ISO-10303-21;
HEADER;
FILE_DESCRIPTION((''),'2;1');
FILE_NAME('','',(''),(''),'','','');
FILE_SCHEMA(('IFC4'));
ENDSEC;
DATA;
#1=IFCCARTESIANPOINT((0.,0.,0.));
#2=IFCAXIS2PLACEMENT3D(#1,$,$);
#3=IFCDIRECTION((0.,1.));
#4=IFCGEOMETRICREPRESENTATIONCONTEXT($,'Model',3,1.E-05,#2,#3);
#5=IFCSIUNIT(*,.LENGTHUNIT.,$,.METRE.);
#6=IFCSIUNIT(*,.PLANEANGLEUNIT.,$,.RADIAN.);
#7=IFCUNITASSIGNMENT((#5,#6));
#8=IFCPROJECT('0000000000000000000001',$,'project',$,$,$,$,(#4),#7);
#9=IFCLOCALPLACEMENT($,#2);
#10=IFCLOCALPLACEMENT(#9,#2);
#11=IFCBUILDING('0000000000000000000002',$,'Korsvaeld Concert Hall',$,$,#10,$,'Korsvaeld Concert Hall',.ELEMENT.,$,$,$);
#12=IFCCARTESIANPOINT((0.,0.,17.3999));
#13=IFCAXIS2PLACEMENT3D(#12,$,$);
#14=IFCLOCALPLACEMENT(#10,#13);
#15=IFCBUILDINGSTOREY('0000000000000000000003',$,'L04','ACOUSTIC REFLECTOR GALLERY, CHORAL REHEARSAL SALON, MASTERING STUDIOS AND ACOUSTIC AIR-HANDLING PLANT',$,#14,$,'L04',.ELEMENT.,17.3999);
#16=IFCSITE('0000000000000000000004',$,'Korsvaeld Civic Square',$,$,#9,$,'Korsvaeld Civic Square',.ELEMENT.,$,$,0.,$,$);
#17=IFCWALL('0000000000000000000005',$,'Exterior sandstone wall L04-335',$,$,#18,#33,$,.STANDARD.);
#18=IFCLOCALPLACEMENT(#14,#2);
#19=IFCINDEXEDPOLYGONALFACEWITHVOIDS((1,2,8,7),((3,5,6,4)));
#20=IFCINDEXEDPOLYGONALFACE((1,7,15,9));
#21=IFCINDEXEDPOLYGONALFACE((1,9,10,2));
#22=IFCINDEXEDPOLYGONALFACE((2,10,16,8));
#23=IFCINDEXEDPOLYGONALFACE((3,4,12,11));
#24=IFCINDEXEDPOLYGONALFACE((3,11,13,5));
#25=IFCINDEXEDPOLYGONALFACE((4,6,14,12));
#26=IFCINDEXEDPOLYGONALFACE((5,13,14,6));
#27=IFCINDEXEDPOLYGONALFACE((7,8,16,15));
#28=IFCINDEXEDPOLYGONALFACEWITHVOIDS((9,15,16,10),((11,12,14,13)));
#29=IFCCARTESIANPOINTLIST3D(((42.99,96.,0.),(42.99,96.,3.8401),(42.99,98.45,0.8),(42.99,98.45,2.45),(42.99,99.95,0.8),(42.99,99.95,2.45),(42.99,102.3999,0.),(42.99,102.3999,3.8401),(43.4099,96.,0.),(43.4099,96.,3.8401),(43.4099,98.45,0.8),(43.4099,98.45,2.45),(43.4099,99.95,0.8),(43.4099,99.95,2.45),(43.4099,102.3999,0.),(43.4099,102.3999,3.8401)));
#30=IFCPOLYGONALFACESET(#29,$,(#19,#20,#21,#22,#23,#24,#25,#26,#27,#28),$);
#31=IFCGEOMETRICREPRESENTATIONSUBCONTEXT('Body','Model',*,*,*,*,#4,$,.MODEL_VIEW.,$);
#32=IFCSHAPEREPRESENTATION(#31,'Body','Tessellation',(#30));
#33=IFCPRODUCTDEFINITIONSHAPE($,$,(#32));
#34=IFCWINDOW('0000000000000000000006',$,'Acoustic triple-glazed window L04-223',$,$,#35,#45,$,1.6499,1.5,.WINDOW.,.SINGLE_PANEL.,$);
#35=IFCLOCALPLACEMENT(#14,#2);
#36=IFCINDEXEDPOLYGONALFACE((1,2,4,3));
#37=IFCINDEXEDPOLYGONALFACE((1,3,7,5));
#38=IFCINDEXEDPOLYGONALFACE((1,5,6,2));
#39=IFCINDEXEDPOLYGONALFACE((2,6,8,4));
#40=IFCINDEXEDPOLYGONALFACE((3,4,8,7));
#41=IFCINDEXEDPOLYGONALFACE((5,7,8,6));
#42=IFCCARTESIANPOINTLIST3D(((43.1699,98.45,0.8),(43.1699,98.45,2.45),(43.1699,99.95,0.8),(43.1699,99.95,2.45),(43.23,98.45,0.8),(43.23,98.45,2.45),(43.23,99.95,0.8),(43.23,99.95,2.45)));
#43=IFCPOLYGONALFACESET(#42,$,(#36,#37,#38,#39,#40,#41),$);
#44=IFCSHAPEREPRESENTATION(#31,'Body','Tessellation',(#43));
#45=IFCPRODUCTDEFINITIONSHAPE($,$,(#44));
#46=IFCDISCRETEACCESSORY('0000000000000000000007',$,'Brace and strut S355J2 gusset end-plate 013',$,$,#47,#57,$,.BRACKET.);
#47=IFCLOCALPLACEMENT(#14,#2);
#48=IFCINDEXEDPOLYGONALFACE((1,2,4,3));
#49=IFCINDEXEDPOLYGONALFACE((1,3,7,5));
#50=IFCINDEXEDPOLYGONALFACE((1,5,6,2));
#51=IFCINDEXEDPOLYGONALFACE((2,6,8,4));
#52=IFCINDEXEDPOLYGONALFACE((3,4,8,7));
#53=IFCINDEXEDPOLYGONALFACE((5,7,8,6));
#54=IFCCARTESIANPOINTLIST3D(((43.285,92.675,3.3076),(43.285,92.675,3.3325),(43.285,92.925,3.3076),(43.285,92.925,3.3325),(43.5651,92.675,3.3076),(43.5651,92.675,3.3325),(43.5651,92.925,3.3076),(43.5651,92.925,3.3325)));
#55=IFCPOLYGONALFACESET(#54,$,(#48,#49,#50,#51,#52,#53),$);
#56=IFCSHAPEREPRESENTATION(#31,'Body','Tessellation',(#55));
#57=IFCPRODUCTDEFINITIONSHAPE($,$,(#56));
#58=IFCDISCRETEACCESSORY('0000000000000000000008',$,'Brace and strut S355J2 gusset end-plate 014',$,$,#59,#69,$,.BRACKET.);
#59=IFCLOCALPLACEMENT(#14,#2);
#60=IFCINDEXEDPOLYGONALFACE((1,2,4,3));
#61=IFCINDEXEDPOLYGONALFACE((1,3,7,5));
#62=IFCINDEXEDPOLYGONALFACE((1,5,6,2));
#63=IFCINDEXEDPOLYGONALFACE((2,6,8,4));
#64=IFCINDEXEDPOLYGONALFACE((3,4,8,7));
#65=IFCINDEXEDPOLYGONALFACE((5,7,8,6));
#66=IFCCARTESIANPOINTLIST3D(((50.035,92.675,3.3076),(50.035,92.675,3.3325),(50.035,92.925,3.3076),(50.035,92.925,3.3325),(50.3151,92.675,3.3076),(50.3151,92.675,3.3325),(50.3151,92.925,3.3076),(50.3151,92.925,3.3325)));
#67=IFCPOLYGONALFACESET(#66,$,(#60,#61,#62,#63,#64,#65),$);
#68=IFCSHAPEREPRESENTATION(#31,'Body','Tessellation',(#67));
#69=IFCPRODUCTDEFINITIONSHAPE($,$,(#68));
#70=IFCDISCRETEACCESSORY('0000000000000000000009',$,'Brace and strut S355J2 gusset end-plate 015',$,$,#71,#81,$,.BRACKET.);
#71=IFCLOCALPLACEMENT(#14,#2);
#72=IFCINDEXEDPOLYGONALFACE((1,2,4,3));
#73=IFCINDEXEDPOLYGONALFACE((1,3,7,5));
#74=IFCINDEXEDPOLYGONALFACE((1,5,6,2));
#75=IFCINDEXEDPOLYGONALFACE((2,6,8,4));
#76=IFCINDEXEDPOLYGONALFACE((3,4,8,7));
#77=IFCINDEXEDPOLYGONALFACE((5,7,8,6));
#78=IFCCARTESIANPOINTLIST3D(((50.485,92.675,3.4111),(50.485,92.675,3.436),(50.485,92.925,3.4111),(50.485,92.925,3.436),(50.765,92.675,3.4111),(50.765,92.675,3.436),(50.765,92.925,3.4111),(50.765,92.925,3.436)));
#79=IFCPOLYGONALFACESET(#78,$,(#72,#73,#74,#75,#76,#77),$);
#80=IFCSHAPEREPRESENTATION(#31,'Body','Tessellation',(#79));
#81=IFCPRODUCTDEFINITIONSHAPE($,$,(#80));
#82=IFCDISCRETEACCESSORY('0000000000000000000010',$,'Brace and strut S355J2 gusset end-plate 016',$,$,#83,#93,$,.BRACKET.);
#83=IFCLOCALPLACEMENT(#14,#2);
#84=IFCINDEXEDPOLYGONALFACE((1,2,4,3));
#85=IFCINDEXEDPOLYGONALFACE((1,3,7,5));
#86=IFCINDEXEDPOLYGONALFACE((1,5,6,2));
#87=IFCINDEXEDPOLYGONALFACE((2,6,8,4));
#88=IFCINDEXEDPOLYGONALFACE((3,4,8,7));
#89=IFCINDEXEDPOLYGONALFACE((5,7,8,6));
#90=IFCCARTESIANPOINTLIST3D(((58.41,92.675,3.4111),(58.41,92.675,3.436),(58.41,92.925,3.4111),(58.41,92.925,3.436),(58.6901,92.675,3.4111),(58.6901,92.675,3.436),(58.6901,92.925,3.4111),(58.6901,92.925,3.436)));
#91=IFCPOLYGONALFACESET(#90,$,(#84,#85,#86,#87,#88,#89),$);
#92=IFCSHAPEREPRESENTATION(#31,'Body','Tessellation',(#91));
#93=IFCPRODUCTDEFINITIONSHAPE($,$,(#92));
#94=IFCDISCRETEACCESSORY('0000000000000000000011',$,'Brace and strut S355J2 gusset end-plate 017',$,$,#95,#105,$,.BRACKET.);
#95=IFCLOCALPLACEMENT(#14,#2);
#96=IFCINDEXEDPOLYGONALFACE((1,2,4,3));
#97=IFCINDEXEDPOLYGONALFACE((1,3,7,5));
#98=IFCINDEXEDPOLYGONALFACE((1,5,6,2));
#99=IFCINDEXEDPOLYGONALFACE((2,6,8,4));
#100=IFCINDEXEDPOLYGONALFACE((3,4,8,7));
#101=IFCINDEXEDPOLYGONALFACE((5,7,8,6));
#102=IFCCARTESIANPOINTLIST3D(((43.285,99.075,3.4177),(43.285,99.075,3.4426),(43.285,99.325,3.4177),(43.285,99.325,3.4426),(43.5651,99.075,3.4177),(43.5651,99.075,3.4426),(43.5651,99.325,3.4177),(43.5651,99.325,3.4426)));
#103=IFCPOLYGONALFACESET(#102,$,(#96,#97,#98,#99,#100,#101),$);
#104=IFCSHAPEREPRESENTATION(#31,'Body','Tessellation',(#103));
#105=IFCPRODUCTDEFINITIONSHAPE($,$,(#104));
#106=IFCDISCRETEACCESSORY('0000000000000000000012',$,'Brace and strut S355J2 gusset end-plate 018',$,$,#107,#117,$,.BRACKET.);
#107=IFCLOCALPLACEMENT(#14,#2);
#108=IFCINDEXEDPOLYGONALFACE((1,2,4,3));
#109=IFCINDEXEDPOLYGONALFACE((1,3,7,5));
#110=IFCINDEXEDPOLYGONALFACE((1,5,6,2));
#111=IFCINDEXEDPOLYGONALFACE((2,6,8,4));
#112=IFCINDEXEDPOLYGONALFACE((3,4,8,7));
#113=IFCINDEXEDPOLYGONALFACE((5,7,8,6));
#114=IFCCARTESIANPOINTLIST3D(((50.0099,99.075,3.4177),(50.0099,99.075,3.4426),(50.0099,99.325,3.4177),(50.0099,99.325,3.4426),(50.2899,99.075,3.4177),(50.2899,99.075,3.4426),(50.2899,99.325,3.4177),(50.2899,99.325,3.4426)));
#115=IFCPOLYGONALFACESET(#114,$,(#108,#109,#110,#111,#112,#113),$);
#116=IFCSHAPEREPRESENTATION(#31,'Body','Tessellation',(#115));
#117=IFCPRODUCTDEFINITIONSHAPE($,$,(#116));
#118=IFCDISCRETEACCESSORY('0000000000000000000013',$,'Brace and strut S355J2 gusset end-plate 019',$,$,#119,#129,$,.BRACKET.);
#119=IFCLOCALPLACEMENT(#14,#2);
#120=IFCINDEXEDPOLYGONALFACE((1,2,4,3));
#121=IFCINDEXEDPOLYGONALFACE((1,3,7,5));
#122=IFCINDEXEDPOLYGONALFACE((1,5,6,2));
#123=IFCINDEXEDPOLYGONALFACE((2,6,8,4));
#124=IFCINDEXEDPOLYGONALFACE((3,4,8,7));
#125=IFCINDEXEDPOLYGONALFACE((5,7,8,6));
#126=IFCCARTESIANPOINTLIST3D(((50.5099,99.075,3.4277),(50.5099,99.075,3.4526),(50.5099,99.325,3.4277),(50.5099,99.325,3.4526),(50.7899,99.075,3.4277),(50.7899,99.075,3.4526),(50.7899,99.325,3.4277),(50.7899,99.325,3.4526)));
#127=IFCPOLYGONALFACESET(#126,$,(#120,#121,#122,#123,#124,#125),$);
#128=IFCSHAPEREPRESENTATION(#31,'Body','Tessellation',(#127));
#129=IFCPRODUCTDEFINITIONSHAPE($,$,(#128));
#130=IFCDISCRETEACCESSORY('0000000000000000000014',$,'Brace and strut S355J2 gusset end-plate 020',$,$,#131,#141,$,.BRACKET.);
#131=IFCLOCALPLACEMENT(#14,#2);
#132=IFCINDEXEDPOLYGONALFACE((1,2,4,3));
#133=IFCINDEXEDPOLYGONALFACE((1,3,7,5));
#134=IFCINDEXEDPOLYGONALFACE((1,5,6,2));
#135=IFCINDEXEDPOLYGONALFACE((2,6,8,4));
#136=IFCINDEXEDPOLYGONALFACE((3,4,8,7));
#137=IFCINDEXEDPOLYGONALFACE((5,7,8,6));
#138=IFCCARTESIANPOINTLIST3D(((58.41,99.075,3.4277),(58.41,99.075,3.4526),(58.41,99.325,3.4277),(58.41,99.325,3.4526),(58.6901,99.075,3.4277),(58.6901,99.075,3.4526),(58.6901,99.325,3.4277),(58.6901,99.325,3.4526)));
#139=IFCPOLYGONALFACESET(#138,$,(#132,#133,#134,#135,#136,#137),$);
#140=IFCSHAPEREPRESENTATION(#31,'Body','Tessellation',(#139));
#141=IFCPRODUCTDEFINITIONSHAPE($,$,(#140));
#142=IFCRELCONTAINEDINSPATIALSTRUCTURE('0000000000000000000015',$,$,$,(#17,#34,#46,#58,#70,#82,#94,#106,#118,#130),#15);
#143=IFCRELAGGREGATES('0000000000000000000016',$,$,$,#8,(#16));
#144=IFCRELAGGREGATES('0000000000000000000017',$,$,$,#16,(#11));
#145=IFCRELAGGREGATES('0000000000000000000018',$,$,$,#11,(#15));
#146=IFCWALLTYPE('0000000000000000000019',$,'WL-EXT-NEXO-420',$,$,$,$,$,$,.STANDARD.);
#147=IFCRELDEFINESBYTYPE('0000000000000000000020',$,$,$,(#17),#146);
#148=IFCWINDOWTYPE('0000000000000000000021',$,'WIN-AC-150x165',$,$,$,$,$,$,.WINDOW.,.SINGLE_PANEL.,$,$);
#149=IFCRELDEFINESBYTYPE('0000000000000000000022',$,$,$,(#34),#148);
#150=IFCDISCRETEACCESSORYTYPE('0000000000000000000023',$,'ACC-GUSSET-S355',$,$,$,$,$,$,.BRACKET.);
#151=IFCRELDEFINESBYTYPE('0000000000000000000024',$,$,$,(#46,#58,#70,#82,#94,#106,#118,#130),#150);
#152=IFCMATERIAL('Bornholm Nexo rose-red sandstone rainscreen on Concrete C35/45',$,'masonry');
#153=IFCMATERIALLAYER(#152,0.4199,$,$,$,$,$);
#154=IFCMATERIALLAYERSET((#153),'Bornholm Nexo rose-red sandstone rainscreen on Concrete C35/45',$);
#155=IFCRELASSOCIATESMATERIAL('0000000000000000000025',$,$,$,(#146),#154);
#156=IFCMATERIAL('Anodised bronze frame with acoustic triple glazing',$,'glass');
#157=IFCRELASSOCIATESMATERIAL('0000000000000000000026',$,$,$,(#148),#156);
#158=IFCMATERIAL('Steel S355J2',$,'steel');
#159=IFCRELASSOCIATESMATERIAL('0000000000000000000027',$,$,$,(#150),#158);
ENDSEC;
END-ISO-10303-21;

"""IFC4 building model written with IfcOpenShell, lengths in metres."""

from ifc_helpers import new_model, si_unit, direction, frame, frame_2d, origin, origin_2d, place, context, subcontext, project, spatial, rectangle, extrude, material, layer, layer_set, type_object, element, fill, save


model = new_model("IFC4")

# Units and contexts
model_context = context("Model", 3, precision=1e-05, world=origin(), true_north=direction((0.0, 1.0)))
body_context = subcontext(model_context, "Body", "Model", "MODEL_VIEW")
ifc_project = project(units=[si_unit("LENGTHUNIT", "METRE"), si_unit("PLANEANGLEUNIT", "RADIAN")], contexts=[model_context])

# Site, building, storey
site_placement = place(None, origin())
site = spatial("IfcSite", under=ifc_project, at=site_placement, Name="Korsvaeld Civic Square", LongName="Korsvaeld Civic Square", CompositionType="ELEMENT", RefElevation=0.0)
building_placement = place(site_placement, origin())
building = spatial("IfcBuilding", under=site, at=building_placement, Name="Korsvaeld Concert Hall", LongName="Korsvaeld Concert Hall", CompositionType="ELEMENT")
storey_placement = place(building_placement, frame((0.0, 0.0, 17.3999)))
storey = spatial("IfcBuildingStorey", under=building, at=storey_placement, Name="L04", Description="ACOUSTIC REFLECTOR GALLERY, CHORAL REHEARSAL SALON, MASTERING STUDIOS AND ACOUSTIC AIR-HANDLING PLANT", LongName="L04", CompositionType="ELEMENT", Elevation=17.3999)

# Shared definitions
ifc_material_1 = material(Name="Steel S355J2", Category="steel")

# Wall, opening, window
ifc_material_2 = material(Name="Anodised bronze frame with acoustic triple glazing", Category="glass")
ifc_material_3 = material(Name="Bornholm Nexo rose-red sandstone rainscreen on Concrete C35/45", Category="masonry")
ifc_layer_1 = layer(ifc_material_3, 0.4199)
ifc_layer_set_1 = layer_set([ifc_layer_1], Name="Bornholm Nexo rose-red sandstone rainscreen on Concrete C35/45")
wall_type_1 = type_object("IfcWallType", Name="WL-EXT-NEXO-420", PredefinedType="STANDARD", material=ifc_layer_set_1)
wall_1_placement = place(storey_placement, frame((43.2, 96.0, 0.0), z_axis=(0.0, 0.0, 1.0), x_axis=(0.0, 1.0, 0.0)))
wall_1 = element("IfcWall", 1, at=wall_1_placement, inside=storey, type_object=wall_type_1, Name="Exterior sandstone wall L04-335", PredefinedType="STANDARD", context=body_context, shape_type="SweptSolid", body=[
    extrude(rectangle(XDim=6.3999, YDim=0.4199, at=frame_2d((3.2, 0.0))), origin(), (0.0, 0.0, 1.0), 3.8401),
])
opening_1_placement = place(wall_1_placement, frame((2.45, 0.0, 0.8)))
opening_1 = element("IfcOpeningElement", 2, at=opening_1_placement, cuts=wall_1, PredefinedType="OPENING", context=body_context, shape_type="SweptSolid", body=[
    extrude(rectangle(XDim=1.5, YDim=1.6499, at=frame_2d((0.75, 0.825))), frame((0.0, 0.22, 0.0), z_axis=(0.0, -1.0, 0.0), x_axis=(1.0, 0.0, 0.0)), (0.0, 0.0, 1.0), 0.4399),
])
window_type_1 = type_object("IfcWindowType", Name="WIN-AC-150x165", PartitioningType="SINGLE_PANEL", PredefinedType="WINDOW", material=ifc_material_2)
window_1_placement = place(opening_1_placement, origin())
window_1 = element("IfcWindow", 3, at=window_1_placement, inside=storey, type_object=window_type_1, Name="Acoustic triple-glazed window L04-223", OverallHeight=1.6499, OverallWidth=1.5, PartitioningType="SINGLE_PANEL", PredefinedType="WINDOW", context=body_context, shape_type="SweptSolid", body=[
    extrude(rectangle(XDim=1.5, YDim=1.6499, at=frame_2d((0.75, 0.825))), frame((0.0, 0.03, 0.0), z_axis=(0.0, -1.0, 0.0), x_axis=(1.0, 0.0, 0.0)), (0.0, 0.0, 1.0), 0.0601),
])
fill(opening_1, window_1)

# Discrete accessories
discrete_accessory_type = type_object("IfcDiscreteAccessoryType", Name="ACC-GUSSET-S355", PredefinedType="BRACKET", material=ifc_material_1)
for number, where, z_axis, x_axis, name in (
    (4, (43.425, 92.8, 3.3076), (0.0, 0.0, 1.0), (1.0, 0.0, 0.0), "Brace and strut S355J2 gusset end-plate 013"),
    (5, (50.175, 92.8, 3.3076), (0.0, 0.0, 1.0), (1.0, 0.0, 0.0), "Brace and strut S355J2 gusset end-plate 014"),
    (6, (50.625, 92.8, 3.4111), (0.0, 0.0, 1.0), (1.0, 0.0, 0.0), "Brace and strut S355J2 gusset end-plate 015"),
    (7, (58.55, 92.8, 3.4111), (0.0, 0.0, 1.0), (1.0, 0.0, 0.0), "Brace and strut S355J2 gusset end-plate 016"),
    (8, (43.425, 99.2, 3.4177), (0.0, 0.0, 1.0), (1.0, 0.0, 0.0), "Brace and strut S355J2 gusset end-plate 017"),
    (9, (50.1499, 99.2, 3.4177), (0.0, 0.0, 1.0), (1.0, 0.0, 0.0), "Brace and strut S355J2 gusset end-plate 018"),
    (10, (50.6499, 99.2, 3.4277), (0.0, 0.0, 1.0), (1.0, 0.0, 0.0), "Brace and strut S355J2 gusset end-plate 019"),
    (11, (58.55, 99.2, 3.4277), (0.0, 0.0, 1.0), (1.0, 0.0, 0.0), "Brace and strut S355J2 gusset end-plate 020"),
):
    element("IfcDiscreteAccessory", number, at=place(storey_placement, frame(where, z_axis=z_axis, x_axis=x_axis)), inside=storey, type_object=discrete_accessory_type, Name=name, PredefinedType="BRACKET", context=body_context, shape_type="SweptSolid", body=[
        extrude(rectangle(XDim=0.28, YDim=0.25, at=origin_2d()), origin(), (0.0, 0.0, 1.0), 0.0249),
    ])

save(model, "model.ifc")
